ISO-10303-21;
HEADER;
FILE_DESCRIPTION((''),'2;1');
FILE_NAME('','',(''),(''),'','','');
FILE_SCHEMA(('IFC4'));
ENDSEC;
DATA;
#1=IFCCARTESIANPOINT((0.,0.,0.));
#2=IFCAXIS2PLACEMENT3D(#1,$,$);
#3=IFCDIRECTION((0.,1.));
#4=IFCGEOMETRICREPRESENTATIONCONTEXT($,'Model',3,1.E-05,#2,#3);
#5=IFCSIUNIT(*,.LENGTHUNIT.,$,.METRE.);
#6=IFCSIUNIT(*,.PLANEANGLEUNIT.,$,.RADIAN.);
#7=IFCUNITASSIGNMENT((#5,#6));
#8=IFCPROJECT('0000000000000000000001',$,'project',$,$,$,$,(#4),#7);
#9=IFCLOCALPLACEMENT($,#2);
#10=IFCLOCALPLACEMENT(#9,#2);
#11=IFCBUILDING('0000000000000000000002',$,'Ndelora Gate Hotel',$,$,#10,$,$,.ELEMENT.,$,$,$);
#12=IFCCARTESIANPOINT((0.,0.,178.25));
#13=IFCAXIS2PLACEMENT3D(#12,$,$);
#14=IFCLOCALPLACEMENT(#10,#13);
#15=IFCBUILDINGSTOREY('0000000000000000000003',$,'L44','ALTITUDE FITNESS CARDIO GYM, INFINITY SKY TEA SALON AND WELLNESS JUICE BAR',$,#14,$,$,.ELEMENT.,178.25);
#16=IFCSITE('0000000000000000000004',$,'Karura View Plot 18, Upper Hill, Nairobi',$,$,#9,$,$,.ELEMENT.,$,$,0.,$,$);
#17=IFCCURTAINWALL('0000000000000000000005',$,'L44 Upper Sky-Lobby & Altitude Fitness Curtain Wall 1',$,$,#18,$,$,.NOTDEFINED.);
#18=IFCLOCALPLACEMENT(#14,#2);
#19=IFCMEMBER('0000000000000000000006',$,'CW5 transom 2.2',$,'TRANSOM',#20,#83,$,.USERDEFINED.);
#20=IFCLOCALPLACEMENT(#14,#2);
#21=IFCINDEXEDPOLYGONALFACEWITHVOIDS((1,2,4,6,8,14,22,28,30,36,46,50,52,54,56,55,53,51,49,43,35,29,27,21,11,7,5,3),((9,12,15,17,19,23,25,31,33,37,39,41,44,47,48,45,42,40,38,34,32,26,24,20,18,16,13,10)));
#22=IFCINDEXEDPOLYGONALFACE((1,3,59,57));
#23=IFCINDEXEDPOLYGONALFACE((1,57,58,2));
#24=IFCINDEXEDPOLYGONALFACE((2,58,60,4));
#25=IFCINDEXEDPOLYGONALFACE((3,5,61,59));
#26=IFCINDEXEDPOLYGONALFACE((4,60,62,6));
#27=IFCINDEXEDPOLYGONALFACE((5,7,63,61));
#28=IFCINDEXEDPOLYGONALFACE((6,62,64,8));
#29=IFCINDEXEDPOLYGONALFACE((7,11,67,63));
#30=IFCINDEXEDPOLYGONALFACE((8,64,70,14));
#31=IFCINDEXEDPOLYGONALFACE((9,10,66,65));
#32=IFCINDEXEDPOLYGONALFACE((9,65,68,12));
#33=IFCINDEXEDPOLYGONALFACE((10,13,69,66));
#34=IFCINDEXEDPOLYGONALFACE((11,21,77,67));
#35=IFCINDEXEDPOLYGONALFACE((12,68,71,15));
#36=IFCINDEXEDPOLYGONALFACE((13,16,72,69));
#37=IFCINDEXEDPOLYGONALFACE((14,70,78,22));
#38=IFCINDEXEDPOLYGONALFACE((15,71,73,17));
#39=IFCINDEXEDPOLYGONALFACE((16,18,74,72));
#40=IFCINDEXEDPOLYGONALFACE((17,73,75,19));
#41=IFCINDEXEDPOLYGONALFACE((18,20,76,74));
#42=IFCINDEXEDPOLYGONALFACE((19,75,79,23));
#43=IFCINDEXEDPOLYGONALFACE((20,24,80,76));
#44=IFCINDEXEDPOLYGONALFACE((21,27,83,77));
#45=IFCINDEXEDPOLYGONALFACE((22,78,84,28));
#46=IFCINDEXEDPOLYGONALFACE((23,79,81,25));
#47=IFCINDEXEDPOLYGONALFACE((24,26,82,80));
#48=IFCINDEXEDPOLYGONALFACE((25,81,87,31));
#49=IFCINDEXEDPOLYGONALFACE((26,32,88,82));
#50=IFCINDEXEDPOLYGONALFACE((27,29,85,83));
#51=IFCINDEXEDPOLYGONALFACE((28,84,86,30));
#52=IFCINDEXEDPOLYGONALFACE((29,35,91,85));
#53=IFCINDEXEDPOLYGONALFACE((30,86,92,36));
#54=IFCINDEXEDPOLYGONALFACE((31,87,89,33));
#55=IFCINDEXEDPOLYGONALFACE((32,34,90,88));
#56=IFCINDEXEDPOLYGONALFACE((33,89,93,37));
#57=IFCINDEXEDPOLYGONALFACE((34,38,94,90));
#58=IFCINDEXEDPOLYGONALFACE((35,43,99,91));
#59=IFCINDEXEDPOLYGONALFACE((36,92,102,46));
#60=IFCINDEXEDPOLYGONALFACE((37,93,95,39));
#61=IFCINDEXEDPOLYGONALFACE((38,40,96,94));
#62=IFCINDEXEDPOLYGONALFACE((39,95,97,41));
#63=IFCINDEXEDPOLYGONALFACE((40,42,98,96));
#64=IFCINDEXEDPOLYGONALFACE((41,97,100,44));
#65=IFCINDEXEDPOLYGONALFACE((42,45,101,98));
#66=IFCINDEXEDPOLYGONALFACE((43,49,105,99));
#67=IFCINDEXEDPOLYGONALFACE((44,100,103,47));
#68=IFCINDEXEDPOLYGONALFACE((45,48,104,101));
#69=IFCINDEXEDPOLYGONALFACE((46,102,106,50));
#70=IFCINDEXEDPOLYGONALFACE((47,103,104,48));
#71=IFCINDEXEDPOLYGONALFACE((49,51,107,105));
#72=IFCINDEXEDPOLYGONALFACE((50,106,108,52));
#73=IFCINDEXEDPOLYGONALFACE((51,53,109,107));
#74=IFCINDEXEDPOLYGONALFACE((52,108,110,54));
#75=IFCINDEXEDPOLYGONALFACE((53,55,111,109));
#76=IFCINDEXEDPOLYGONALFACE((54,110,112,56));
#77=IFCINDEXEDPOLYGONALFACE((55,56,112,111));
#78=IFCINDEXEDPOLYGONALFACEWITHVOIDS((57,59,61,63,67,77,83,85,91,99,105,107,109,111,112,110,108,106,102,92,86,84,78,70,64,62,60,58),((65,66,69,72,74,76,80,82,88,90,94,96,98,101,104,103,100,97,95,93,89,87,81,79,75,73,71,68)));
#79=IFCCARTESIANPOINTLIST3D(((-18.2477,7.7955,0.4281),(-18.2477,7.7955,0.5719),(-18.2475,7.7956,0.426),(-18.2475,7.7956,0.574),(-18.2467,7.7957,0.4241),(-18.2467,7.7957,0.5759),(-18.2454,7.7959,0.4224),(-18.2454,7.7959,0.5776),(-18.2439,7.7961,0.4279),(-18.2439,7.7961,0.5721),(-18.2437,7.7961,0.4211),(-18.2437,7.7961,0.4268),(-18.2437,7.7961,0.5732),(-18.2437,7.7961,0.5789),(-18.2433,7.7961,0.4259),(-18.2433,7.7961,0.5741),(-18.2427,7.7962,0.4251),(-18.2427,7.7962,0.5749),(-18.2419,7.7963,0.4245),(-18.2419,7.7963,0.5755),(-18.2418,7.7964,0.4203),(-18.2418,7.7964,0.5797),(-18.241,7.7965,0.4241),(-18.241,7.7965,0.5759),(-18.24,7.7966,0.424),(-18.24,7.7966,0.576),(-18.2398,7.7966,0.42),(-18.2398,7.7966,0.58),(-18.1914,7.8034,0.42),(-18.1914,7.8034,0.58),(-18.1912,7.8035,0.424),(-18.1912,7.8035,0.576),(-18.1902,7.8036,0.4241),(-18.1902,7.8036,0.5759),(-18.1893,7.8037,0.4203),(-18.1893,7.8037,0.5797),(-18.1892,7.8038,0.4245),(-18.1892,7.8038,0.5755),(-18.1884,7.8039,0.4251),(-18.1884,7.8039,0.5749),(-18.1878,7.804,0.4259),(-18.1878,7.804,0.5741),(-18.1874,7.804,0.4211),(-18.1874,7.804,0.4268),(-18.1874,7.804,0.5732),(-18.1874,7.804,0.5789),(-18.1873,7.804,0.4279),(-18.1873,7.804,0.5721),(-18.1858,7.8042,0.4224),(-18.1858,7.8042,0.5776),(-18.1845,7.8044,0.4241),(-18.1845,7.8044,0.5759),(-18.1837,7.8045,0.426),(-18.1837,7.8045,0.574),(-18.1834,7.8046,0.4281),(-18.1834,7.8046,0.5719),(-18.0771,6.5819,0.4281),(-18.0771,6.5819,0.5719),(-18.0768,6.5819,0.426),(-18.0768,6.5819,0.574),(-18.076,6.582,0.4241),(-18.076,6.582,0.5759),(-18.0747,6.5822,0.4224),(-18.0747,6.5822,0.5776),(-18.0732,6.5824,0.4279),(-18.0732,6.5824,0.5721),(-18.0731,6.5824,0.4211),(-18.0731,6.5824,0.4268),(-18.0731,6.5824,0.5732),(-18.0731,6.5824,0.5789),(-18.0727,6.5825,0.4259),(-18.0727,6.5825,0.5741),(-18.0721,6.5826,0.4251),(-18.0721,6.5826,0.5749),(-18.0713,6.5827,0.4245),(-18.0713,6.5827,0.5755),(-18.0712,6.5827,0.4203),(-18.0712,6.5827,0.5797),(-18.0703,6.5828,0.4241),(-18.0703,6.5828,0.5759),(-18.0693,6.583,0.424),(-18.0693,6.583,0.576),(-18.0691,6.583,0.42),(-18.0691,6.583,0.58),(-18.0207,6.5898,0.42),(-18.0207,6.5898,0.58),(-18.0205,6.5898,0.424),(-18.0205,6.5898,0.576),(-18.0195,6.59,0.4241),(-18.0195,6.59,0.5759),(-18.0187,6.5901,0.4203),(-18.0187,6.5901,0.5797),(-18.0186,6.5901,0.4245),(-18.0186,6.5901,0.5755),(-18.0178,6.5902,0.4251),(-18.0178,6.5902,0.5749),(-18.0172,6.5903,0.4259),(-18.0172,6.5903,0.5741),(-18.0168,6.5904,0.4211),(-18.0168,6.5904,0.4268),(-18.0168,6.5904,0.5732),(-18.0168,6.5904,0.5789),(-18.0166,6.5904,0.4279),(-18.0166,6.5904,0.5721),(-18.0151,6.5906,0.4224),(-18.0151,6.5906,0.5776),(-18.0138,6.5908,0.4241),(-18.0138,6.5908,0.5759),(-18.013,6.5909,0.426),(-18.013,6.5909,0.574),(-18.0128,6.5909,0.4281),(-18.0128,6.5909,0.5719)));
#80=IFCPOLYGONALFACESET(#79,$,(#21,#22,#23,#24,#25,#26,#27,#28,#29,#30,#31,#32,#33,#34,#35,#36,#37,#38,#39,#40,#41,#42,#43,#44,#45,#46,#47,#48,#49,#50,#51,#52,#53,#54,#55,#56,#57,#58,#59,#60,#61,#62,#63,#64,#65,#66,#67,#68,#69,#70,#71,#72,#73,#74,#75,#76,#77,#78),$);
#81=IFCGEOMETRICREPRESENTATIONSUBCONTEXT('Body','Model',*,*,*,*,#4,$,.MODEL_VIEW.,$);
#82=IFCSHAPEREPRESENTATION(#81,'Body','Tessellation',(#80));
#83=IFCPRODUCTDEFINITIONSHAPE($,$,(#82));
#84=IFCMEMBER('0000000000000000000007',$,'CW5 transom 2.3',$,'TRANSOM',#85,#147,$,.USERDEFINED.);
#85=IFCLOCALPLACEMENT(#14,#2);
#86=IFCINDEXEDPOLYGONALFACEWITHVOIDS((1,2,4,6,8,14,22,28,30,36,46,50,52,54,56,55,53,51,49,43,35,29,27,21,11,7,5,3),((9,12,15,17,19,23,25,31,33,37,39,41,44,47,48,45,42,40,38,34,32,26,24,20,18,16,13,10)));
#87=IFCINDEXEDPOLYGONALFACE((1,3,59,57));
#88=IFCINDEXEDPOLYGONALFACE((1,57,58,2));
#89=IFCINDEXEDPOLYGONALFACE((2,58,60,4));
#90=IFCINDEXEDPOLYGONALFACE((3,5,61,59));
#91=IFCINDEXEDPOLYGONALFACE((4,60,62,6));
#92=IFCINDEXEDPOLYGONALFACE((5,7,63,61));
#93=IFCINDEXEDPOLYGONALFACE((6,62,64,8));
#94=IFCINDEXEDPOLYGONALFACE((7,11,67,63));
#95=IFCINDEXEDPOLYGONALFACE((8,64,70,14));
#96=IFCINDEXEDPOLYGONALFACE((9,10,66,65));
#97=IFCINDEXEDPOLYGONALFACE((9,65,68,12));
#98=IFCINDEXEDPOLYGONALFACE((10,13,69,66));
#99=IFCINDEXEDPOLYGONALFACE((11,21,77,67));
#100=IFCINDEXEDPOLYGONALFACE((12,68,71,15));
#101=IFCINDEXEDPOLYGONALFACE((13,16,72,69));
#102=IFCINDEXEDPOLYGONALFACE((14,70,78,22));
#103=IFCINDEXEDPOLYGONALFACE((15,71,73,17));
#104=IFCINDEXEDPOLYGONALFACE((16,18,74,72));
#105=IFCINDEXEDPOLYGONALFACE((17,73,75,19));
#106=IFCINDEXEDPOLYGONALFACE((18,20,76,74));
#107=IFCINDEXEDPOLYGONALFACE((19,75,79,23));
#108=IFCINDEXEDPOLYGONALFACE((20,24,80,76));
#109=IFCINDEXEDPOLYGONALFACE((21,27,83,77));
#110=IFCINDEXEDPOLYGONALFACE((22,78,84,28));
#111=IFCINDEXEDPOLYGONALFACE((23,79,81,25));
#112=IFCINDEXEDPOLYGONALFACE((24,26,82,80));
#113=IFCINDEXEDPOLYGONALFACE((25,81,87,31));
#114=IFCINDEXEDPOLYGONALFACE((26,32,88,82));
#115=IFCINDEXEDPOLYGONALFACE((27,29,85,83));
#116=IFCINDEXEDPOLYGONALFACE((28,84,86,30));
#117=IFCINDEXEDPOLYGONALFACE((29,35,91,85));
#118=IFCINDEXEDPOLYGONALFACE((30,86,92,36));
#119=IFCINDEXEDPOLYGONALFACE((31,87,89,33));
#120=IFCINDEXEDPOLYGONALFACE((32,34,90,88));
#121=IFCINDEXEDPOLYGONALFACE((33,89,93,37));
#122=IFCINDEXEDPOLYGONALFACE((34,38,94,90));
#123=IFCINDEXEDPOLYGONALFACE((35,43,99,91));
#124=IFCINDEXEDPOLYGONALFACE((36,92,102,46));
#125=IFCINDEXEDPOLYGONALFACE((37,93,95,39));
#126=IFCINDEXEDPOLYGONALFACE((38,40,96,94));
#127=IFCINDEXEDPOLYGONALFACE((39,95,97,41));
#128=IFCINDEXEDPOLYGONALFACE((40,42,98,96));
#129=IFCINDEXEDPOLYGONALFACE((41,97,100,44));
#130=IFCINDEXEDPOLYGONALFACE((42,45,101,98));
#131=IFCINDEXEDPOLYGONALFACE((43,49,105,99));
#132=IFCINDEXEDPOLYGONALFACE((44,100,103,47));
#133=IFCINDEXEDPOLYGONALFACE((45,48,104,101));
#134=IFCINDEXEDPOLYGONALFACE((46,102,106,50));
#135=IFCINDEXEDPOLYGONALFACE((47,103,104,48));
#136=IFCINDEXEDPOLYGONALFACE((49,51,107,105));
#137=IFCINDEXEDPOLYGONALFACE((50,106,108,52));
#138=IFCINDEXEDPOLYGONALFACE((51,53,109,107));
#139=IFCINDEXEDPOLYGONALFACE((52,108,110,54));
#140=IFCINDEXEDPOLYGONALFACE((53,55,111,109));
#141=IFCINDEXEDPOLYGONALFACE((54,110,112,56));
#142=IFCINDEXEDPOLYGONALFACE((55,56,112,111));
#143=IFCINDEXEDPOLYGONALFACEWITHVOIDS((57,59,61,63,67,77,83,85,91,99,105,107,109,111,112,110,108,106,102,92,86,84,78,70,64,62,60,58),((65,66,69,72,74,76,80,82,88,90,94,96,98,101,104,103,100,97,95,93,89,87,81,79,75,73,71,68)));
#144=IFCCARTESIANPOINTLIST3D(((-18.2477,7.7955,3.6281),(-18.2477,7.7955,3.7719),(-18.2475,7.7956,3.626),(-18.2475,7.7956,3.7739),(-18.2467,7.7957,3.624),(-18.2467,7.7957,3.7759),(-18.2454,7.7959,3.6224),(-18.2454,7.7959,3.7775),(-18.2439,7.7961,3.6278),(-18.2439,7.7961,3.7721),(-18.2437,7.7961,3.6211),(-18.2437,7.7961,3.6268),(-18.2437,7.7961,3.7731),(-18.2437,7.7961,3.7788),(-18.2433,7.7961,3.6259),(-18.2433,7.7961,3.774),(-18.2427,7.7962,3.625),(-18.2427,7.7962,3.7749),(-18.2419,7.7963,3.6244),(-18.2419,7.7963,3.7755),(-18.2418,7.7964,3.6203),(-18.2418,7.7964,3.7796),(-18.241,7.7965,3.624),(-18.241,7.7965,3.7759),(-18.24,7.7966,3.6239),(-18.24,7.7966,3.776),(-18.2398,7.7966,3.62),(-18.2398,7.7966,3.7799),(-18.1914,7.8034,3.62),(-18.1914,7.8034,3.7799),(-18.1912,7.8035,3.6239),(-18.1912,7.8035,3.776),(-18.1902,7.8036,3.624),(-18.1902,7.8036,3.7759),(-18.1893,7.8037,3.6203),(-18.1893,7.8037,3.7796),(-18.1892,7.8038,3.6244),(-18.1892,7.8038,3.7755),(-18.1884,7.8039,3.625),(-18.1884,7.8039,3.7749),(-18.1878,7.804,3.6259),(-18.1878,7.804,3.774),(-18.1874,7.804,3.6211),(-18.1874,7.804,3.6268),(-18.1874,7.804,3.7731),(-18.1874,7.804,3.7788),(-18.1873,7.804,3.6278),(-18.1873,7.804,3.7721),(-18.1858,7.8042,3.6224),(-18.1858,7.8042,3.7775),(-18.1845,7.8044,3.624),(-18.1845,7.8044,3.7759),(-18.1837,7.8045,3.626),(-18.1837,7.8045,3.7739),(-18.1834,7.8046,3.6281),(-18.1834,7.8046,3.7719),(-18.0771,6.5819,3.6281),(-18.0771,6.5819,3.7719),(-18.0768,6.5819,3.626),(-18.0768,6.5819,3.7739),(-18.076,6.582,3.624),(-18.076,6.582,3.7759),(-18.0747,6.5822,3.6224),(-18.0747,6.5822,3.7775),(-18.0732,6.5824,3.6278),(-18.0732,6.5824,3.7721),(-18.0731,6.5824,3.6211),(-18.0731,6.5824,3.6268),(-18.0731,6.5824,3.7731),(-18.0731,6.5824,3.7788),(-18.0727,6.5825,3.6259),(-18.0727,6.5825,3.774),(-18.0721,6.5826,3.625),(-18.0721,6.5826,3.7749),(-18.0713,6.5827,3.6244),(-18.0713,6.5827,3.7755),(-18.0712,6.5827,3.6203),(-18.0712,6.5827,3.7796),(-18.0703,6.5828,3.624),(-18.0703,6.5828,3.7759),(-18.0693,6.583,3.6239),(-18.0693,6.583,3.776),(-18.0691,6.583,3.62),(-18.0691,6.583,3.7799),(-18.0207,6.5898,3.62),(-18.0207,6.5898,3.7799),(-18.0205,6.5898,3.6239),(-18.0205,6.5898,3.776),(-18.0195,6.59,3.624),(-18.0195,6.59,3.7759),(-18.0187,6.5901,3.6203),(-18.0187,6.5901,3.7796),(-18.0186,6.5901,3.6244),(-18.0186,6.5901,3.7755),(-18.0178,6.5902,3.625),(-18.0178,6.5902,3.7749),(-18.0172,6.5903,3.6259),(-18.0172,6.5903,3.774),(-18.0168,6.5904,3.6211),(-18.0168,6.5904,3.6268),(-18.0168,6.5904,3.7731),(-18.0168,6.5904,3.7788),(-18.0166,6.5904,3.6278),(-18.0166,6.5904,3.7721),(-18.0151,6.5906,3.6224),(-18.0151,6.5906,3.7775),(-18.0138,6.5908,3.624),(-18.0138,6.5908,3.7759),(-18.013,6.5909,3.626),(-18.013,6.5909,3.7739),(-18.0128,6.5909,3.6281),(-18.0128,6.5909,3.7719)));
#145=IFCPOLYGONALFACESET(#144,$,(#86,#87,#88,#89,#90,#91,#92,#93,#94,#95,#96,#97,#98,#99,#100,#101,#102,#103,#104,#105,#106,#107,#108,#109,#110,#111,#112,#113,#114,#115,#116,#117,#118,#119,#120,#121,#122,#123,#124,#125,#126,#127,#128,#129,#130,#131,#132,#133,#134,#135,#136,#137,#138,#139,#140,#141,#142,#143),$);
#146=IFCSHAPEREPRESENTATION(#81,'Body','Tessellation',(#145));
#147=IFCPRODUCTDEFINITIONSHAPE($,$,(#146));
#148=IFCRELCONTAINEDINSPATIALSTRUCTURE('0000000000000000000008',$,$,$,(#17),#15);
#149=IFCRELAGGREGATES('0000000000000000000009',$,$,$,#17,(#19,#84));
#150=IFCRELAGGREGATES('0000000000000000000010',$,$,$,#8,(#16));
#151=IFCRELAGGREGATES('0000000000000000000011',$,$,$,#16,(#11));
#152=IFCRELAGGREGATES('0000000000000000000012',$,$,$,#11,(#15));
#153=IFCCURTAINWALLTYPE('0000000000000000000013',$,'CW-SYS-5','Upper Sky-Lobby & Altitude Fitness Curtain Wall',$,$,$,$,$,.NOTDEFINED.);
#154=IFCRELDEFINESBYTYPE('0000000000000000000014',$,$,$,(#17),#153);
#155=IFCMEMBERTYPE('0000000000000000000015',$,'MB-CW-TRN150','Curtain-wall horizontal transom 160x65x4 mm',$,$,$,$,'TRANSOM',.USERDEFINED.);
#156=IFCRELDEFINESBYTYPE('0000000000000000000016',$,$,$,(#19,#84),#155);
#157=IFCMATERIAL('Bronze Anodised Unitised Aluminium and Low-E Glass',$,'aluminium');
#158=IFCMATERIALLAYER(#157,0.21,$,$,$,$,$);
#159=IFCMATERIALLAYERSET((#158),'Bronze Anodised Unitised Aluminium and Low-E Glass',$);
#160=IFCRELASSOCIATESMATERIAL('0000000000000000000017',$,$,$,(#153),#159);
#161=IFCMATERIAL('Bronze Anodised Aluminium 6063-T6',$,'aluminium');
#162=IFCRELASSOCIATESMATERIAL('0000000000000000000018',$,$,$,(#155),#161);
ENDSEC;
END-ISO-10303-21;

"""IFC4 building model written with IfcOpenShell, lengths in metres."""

from ifc_helpers import new_model, si_unit, direction, frame, origin, origin_2d, place, context, subcontext, project, spatial, hollow_rectangle, extrude, material, layer, layer_set, material_profile, profile_set, type_object, element, aggregate, save


model = new_model("IFC4")

# Units and contexts
model_context = context("Model", 3, precision=1e-05, world=origin(), true_north=direction((0.0, 1.0)))
body_context = subcontext(model_context, "Body", "Model", "MODEL_VIEW")
ifc_project = project(units=[si_unit("LENGTHUNIT", "METRE"), si_unit("PLANEANGLEUNIT", "RADIAN")], contexts=[model_context])

# Site, building, storey
site_placement = place(None, origin())
site = spatial("IfcSite", under=ifc_project, at=site_placement, Name="Karura View Plot 18, Upper Hill, Nairobi", CompositionType="ELEMENT", RefElevation=0.0)
building_placement = place(site_placement, origin())
building = spatial("IfcBuilding", under=site, at=building_placement, Name="Ndelora Gate Hotel", CompositionType="ELEMENT")
storey_placement = place(building_placement, frame((0.0, 0.0, 178.25)))
storey = spatial("IfcBuildingStorey", under=building, at=storey_placement, Name="L44", Description="ALTITUDE FITNESS CARDIO GYM, INFINITY SKY TEA SALON AND WELLNESS JUICE BAR", CompositionType="ELEMENT", Elevation=178.25)

# Curtain wall
ifc_material_1 = material(Name="Bronze Anodised Unitised Aluminium and Low-E Glass", Category="aluminium")
ifc_layer_1 = layer(ifc_material_1, 0.21)
ifc_layer_set_1 = layer_set([ifc_layer_1], Name="Bronze Anodised Unitised Aluminium and Low-E Glass")
curtain_wall_type = type_object("IfcCurtainWallType", Name="CW-SYS-5", Description="Upper Sky-Lobby & Altitude Fitness Curtain Wall", PredefinedType="NOTDEFINED", material=ifc_layer_set_1)
curtain_wall_1_placement = place(storey_placement, origin())
curtain_wall_1 = element("IfcCurtainWall", 1, at=curtain_wall_1_placement, inside=storey, type_object=curtain_wall_type, Name="L44 Upper Sky-Lobby & Altitude Fitness Curtain Wall 1", PredefinedType="NOTDEFINED")
ifc_material_2 = material(Name="Bronze Anodised Aluminium 6063-T6", Category="aluminium")

# Members
ifc_material_profile_1 = material_profile(ifc_material_2, hollow_rectangle(XDim=0.0649, YDim=0.1599, WallThickness=0.0039, InnerFilletRadius=0.0039, OuterFilletRadius=0.0081, at=origin_2d()), Name="ALU 160x65x4")
ifc_profile_set_1 = profile_set([ifc_material_profile_1], Name="Bronze Anodised Aluminium 6063-T6")
member_type_1 = type_object("IfcMemberType", Name="MB-CW-TRN150", Description="Curtain-wall horizontal transom 160x65x4 mm", ElementType="TRANSOM", PredefinedType="USERDEFINED", material=ifc_profile_set_1)
member_1_placement = place(storey_placement, frame((-18.2156, 7.8, 0.5), z_axis=(0.139246, -0.990258, 0.0), x_axis=(0.990258, 0.139246, 0.0)))
member_1 = element("IfcMember", 2, at=member_1_placement, type_object=member_type_1, Name="CW5 transom 2.2", ObjectType="TRANSOM", PredefinedType="USERDEFINED", context=body_context, shape_type="SweptSolid", body=[
    extrude(hollow_rectangle(XDim=0.0649, YDim=0.1599, WallThickness=0.0039, InnerFilletRadius=0.0039, OuterFilletRadius=0.0081, at=origin_2d()), origin(), (0.0, 0.0, 1.0), 1.2256),
])
member_2_placement = place(storey_placement, frame((-18.2156, 7.8, 3.7), z_axis=(0.139246, -0.990258, 0.0), x_axis=(0.990258, 0.139246, 0.0)))
member_2 = element("IfcMember", 3, at=member_2_placement, type_object=member_type_1, Name="CW5 transom 2.3", ObjectType="TRANSOM", PredefinedType="USERDEFINED", context=body_context, shape_type="SweptSolid", body=[
    extrude(hollow_rectangle(XDim=0.0649, YDim=0.1599, WallThickness=0.0039, InnerFilletRadius=0.0039, OuterFilletRadius=0.0081, at=origin_2d()), origin(), (0.0, 0.0, 1.0), 1.2256),
])

aggregate(curtain_wall_1, [member_1, member_2])

save(model, "model.ifc")
